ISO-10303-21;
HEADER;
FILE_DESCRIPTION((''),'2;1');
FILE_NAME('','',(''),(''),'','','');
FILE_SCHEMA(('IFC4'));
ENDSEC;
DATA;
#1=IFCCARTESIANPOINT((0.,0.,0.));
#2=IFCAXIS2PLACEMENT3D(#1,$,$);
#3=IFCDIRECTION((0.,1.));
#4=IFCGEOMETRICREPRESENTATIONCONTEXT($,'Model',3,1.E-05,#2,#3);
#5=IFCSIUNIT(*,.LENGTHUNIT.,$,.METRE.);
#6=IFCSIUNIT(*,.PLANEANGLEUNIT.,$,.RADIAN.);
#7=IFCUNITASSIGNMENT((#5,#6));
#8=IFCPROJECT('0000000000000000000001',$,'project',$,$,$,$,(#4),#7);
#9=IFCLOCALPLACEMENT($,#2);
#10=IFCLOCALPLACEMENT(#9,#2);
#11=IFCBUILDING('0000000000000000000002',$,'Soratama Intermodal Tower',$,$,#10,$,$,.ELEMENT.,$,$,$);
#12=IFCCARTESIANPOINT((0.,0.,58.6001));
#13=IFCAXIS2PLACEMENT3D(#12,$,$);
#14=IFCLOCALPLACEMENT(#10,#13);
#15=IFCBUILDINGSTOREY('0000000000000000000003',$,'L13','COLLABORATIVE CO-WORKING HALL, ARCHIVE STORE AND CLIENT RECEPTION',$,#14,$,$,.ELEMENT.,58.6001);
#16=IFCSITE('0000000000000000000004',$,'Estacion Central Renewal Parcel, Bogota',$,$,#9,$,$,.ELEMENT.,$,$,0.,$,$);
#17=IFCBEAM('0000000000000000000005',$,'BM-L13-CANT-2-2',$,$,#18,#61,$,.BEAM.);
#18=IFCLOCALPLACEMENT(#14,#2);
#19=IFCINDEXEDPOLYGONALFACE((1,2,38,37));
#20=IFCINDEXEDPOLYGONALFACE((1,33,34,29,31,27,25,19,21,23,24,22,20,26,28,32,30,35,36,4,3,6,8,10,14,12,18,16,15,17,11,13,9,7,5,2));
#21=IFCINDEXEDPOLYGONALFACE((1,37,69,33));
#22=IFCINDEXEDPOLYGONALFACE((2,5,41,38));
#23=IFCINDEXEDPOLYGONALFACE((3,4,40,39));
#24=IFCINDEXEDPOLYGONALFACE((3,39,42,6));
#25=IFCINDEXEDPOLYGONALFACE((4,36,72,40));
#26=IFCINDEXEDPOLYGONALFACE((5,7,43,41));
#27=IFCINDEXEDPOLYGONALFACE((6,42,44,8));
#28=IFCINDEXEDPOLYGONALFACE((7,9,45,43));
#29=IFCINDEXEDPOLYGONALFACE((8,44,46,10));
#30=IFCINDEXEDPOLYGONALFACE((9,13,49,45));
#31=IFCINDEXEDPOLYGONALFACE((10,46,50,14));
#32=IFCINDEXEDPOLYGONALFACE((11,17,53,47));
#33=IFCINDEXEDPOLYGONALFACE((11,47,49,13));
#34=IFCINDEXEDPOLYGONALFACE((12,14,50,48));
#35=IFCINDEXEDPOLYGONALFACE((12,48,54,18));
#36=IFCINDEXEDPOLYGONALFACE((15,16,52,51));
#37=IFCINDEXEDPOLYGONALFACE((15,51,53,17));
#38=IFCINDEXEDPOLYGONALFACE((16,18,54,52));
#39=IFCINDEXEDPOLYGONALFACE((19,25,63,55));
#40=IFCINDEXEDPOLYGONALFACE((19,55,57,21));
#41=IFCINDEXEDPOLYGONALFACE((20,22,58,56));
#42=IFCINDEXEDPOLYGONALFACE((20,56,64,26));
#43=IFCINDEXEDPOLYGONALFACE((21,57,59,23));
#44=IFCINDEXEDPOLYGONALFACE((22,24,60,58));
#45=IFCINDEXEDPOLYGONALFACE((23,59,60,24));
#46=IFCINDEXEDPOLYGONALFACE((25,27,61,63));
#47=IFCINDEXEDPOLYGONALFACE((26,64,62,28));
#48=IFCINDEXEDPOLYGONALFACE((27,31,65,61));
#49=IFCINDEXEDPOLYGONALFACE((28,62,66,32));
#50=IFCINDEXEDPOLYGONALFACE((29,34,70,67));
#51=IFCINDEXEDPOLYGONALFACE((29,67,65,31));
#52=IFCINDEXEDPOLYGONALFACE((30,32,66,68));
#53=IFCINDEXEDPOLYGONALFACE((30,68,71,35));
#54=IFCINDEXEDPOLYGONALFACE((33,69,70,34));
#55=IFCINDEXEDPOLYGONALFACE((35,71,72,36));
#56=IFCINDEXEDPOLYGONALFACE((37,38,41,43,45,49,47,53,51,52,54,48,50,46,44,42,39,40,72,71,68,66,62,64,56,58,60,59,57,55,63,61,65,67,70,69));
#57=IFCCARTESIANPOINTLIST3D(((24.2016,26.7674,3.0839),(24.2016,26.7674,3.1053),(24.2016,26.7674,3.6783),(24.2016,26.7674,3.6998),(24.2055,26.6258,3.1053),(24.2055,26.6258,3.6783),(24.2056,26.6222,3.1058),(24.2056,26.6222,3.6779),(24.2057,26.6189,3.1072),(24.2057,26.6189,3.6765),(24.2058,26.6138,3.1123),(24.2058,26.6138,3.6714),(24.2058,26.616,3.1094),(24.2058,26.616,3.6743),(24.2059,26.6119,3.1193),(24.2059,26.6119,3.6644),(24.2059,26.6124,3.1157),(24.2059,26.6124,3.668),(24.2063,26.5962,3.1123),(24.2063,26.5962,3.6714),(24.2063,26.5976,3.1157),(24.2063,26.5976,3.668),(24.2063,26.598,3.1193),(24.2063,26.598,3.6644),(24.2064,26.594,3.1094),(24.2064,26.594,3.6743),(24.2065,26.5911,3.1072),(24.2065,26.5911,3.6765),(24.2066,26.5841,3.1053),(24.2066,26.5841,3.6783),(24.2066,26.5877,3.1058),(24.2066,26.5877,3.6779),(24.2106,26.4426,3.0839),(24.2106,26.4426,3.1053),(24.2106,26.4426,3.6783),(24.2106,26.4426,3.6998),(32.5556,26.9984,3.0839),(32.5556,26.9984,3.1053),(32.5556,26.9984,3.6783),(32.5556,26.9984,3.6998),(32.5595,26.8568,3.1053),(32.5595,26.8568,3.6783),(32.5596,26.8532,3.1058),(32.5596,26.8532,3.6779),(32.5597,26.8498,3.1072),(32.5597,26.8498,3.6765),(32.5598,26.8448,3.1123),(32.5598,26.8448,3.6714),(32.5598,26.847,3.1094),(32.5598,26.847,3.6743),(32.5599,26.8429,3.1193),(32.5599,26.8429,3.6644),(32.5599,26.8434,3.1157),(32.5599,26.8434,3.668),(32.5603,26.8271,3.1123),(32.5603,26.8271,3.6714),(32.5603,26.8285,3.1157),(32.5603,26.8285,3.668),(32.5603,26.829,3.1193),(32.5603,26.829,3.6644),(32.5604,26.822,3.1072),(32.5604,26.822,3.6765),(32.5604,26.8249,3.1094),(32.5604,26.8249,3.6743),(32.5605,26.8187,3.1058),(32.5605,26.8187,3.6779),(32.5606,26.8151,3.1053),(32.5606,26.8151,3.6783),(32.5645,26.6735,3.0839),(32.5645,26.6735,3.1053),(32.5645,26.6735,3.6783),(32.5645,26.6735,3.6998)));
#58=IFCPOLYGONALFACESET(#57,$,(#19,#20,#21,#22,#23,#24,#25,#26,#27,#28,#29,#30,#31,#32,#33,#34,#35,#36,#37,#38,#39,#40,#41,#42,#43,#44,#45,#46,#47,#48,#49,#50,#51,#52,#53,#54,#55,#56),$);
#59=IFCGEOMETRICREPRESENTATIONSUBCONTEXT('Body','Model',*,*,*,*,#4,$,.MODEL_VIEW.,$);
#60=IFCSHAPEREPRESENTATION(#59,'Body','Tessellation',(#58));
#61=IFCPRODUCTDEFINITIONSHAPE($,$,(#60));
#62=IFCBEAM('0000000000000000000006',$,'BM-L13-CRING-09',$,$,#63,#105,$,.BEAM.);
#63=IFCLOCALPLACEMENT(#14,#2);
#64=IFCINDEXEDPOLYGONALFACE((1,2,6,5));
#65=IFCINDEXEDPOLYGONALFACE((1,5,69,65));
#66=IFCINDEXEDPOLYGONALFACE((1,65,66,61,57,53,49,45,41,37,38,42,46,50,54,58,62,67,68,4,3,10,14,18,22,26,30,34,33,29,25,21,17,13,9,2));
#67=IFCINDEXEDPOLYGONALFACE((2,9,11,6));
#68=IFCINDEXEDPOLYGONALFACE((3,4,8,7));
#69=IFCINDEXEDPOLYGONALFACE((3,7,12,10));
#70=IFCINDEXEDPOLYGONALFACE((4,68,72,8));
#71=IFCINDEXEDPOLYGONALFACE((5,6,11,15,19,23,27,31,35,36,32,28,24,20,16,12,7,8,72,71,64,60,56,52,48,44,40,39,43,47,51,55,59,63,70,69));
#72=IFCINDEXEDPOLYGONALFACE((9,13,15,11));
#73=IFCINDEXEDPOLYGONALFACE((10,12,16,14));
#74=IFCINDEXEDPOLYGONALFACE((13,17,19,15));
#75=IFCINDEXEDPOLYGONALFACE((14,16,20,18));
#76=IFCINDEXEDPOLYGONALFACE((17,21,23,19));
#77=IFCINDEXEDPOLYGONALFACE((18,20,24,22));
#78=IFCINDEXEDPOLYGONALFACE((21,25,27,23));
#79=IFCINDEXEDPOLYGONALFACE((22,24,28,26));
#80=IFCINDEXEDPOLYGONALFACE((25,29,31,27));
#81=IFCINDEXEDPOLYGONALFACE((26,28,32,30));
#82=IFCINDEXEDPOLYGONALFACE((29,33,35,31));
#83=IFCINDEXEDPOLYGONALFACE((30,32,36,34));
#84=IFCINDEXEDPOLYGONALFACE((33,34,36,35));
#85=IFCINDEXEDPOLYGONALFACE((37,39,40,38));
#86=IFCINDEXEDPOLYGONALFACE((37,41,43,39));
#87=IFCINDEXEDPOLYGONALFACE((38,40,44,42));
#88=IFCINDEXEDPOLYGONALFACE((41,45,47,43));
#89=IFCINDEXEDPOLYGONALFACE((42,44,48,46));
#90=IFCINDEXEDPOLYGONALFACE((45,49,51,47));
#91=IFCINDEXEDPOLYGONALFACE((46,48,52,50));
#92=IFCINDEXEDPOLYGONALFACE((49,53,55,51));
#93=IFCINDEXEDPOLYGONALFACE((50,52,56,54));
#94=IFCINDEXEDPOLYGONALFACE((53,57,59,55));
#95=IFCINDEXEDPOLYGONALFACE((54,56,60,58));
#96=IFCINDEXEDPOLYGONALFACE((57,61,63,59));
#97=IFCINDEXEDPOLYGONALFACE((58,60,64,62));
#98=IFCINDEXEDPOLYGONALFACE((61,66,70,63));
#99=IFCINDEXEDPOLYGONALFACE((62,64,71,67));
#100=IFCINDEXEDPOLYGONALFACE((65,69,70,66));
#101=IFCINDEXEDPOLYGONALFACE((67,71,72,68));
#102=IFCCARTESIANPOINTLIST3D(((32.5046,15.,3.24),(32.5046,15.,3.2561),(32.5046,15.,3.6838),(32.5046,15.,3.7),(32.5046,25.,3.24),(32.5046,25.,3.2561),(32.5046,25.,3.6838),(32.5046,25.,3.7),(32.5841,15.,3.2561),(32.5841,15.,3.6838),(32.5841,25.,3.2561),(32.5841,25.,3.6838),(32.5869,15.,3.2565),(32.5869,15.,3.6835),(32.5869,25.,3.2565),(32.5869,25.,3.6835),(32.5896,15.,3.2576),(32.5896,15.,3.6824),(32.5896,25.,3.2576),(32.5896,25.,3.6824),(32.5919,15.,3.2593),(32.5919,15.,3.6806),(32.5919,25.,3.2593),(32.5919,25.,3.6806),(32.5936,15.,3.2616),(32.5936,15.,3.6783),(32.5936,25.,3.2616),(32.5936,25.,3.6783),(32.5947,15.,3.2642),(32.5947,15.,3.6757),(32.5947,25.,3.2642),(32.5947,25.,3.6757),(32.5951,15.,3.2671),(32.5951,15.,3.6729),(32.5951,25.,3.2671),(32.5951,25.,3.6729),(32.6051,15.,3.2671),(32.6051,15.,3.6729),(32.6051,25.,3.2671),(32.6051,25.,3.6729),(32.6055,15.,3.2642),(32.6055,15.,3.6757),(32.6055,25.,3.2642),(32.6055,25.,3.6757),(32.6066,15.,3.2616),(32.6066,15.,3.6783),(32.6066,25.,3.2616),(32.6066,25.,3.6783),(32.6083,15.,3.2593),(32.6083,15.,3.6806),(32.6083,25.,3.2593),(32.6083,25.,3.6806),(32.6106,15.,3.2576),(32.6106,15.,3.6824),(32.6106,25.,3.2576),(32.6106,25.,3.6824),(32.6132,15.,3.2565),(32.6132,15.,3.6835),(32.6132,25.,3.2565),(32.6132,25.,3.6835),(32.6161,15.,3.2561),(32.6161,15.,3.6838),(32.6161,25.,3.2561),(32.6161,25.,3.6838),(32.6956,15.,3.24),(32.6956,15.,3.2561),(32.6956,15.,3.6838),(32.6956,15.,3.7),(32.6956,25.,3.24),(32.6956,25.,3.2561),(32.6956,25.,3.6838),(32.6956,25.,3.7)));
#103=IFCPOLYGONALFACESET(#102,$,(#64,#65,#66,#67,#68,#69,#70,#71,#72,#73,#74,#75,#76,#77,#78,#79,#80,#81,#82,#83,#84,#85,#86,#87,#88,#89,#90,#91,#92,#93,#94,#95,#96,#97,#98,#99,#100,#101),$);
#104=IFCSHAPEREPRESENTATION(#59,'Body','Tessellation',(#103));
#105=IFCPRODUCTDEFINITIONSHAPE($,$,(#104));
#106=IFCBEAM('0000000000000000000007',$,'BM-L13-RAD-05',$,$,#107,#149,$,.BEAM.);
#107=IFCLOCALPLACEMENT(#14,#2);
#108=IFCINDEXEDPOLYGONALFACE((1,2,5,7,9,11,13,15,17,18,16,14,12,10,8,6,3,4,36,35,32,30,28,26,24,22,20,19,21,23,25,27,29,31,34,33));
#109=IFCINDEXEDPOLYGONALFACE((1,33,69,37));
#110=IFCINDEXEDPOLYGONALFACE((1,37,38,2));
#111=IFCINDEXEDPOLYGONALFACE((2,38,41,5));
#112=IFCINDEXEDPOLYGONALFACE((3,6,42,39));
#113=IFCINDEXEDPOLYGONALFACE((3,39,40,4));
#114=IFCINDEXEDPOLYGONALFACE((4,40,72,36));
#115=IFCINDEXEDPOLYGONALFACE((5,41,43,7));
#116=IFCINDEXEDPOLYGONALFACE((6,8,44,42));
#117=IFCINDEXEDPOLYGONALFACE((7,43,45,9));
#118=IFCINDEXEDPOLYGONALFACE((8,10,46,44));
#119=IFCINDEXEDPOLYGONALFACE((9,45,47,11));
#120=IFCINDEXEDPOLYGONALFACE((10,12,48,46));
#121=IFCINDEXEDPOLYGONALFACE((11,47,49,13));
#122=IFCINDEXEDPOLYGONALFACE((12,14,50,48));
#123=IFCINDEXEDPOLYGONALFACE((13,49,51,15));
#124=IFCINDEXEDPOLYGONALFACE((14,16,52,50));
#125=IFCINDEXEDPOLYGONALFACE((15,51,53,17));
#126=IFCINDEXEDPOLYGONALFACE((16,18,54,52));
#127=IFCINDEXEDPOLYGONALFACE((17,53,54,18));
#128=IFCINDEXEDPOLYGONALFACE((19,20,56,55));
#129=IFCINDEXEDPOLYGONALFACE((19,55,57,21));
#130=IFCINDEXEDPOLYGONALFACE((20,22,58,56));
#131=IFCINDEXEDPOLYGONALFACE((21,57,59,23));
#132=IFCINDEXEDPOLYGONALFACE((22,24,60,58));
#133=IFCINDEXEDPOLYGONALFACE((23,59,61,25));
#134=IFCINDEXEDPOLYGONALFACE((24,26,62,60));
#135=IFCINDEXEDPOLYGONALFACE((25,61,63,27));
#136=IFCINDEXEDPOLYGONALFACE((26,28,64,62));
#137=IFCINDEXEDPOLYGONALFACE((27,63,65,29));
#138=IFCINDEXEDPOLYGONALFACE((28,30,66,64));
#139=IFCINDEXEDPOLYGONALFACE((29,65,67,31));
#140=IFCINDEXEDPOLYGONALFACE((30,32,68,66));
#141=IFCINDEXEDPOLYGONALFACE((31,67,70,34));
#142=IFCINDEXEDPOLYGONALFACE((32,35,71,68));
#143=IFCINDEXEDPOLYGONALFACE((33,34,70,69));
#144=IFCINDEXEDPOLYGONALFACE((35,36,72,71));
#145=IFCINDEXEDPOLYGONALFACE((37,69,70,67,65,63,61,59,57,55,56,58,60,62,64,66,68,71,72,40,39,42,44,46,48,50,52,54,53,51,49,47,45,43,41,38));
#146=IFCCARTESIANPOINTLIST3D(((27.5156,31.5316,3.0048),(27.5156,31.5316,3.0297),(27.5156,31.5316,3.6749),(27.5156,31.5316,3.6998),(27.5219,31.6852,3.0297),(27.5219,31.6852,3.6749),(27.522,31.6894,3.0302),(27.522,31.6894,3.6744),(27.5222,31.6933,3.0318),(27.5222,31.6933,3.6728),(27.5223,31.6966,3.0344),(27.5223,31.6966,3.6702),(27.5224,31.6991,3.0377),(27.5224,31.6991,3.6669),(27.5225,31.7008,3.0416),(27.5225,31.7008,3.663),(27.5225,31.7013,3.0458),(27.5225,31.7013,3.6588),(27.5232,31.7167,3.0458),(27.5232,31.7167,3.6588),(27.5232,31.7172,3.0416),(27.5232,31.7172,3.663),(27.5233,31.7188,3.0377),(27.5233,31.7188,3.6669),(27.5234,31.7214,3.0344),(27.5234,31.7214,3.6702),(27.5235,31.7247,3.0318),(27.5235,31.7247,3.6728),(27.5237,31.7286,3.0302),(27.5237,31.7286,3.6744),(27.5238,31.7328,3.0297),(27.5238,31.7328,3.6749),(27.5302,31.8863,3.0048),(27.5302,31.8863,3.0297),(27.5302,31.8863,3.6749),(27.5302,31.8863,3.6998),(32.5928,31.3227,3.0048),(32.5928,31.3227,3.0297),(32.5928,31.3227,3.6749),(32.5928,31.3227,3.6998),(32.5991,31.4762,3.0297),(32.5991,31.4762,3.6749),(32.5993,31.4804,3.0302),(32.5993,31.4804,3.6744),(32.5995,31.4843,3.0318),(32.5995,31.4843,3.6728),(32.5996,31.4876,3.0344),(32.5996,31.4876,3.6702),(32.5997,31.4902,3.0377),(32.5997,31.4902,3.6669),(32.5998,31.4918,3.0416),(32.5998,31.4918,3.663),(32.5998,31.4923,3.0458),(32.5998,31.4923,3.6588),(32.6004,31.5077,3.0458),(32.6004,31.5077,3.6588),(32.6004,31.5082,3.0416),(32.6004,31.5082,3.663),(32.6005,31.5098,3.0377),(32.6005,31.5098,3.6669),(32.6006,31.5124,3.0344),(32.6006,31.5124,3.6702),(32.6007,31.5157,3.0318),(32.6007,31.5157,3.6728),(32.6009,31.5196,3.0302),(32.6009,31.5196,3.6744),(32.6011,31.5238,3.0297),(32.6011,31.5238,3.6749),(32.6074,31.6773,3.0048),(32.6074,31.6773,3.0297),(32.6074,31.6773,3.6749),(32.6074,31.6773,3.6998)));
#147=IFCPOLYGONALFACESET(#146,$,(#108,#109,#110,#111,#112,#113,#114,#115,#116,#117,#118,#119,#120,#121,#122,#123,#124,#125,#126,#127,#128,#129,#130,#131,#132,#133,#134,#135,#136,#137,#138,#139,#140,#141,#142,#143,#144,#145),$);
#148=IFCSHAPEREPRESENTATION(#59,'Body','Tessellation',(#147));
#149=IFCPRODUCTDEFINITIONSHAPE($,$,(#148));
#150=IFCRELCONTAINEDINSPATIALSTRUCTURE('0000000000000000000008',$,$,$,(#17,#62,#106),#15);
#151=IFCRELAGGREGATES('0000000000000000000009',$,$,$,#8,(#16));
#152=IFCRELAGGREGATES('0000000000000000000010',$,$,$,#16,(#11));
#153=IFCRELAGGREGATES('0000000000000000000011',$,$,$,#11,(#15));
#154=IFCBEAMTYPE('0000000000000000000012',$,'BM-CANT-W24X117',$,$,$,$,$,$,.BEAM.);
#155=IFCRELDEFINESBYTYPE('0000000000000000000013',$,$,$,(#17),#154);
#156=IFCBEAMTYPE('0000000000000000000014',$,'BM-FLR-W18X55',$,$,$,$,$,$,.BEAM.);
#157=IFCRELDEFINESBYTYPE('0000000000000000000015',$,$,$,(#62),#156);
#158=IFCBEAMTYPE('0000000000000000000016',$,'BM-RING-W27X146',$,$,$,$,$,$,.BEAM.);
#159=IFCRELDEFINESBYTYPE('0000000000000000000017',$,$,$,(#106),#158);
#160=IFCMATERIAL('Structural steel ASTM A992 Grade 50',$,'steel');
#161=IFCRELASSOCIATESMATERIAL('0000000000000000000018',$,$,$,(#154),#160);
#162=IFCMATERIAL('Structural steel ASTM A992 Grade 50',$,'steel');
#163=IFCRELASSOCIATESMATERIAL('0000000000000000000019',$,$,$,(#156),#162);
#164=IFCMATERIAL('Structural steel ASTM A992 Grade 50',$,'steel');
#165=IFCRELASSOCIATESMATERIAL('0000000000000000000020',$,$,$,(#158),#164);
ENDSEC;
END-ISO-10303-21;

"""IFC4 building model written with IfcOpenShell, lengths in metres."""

from ifc_helpers import new_model, si_unit, direction, frame, origin, origin_2d, place, context, subcontext, project, spatial, i_section, extrude, material, material_profile, profile_set, type_object, element, save


model = new_model("IFC4")

# Units and contexts
model_context = context("Model", 3, precision=1e-05, world=origin(), true_north=direction((0.0, 1.0)))
body_context = subcontext(model_context, "Body", "Model", "MODEL_VIEW")
ifc_project = project(units=[si_unit("LENGTHUNIT", "METRE"), si_unit("PLANEANGLEUNIT", "RADIAN")], contexts=[model_context])

# Site, building, storey
site_placement = place(None, origin())
site = spatial("IfcSite", under=ifc_project, at=site_placement, Name="Estacion Central Renewal Parcel, Bogota", CompositionType="ELEMENT", RefElevation=0.0)
building_placement = place(site_placement, origin())
building = spatial("IfcBuilding", under=site, at=building_placement, Name="Soratama Intermodal Tower", CompositionType="ELEMENT")
storey_placement = place(building_placement, frame((0.0, 0.0, 58.6001)))
storey = spatial("IfcBuildingStorey", under=building, at=storey_placement, Name="L13", Description="COLLABORATIVE CO-WORKING HALL, ARCHIVE STORE AND CLIENT RECEPTION", CompositionType="ELEMENT", Elevation=58.6001)

# Beams
ifc_material_1 = material(Name="Structural steel ASTM A992 Grade 50", Category="steel")
ifc_material_profile_1 = material_profile(ifc_material_1, i_section(OverallWidth=0.325, OverallDepth=0.616, WebThickness=0.0139, FlangeThickness=0.0215, FilletRadius=0.0139, at=origin_2d()), Name="W24X117")
ifc_profile_set_1 = profile_set([ifc_material_profile_1], Name="Structural steel ASTM A992 Grade 50")
beam_type_1 = type_object("IfcBeamType", Name="BM-CANT-W24X117", PredefinedType="BEAM", material=ifc_profile_set_1)
beam_1_placement = place(storey_placement, frame((32.5601, 26.8359, 3.3918), z_axis=(-0.999618, -0.027636, 0.0), x_axis=(0.027636, -0.999618, 0.0)))
element("IfcBeam", 1, at=beam_1_placement, inside=storey, type_object=beam_type_1, Name="BM-L13-CANT-2-2", PredefinedType="BEAM", context=body_context, shape_type="SweptSolid", body=[
    extrude(i_section(OverallWidth=0.325, OverallDepth=0.616, WebThickness=0.0139, FlangeThickness=0.0215, FilletRadius=0.0139, at=origin_2d()), origin(), (0.0, 0.0, 1.0), 8.3572),
])
ifc_material_2 = material(Name="Structural steel ASTM A992 Grade 50", Category="steel")
ifc_material_profile_2 = material_profile(ifc_material_2, i_section(OverallWidth=0.1909, OverallDepth=0.46, WebThickness=0.01, FlangeThickness=0.0161, FilletRadius=0.011, at=origin_2d()), Name="W18X55")
ifc_profile_set_2 = profile_set([ifc_material_profile_2], Name="Structural steel ASTM A992 Grade 50")
beam_type_2 = type_object("IfcBeamType", Name="BM-FLR-W18X55", PredefinedType="BEAM", material=ifc_profile_set_2)
beam_2_placement = place(storey_placement, frame((32.6001, 25.0, 3.47), z_axis=(0.0, -1.0, 0.0), x_axis=(1.0, 0.0, 0.0)))
element("IfcBeam", 2, at=beam_2_placement, inside=storey, type_object=beam_type_2, Name="BM-L13-CRING-09", PredefinedType="BEAM", context=body_context, shape_type="SweptSolid", body=[
    extrude(i_section(OverallWidth=0.1909, OverallDepth=0.46, WebThickness=0.01, FlangeThickness=0.0161, FilletRadius=0.011, at=origin_2d()), origin(), (0.0, 0.0, 1.0), 10.0),
])
ifc_material_3 = material(Name="Structural steel ASTM A992 Grade 50", Category="steel")
ifc_material_profile_3 = material_profile(ifc_material_3, i_section(OverallWidth=0.355, OverallDepth=0.6951, WebThickness=0.0154, FlangeThickness=0.0249, FilletRadius=0.0161, at=origin_2d()), Name="W27X146")
ifc_profile_set_3 = profile_set([ifc_material_profile_3], Name="Structural steel ASTM A992 Grade 50")
beam_type_3 = type_object("IfcBeamType", Name="BM-RING-W27X146", PredefinedType="BEAM", material=ifc_profile_set_3)
beam_3_placement = place(storey_placement, frame((32.6001, 31.5, 3.3523), z_axis=(-0.999154, 0.041127, 0.0), x_axis=(-0.041127, -0.999154, 0.0)))
element("IfcBeam", 3, at=beam_3_placement, inside=storey, type_object=beam_type_3, Name="BM-L13-RAD-05", PredefinedType="BEAM", context=body_context, shape_type="SweptSolid", body=[
    extrude(i_section(OverallWidth=0.355, OverallDepth=0.6951, WebThickness=0.0154, FlangeThickness=0.0249, FilletRadius=0.0161, at=origin_2d()), origin(), (0.0, 0.0, 1.0), 5.0815),
])

save(model, "model.ifc")
